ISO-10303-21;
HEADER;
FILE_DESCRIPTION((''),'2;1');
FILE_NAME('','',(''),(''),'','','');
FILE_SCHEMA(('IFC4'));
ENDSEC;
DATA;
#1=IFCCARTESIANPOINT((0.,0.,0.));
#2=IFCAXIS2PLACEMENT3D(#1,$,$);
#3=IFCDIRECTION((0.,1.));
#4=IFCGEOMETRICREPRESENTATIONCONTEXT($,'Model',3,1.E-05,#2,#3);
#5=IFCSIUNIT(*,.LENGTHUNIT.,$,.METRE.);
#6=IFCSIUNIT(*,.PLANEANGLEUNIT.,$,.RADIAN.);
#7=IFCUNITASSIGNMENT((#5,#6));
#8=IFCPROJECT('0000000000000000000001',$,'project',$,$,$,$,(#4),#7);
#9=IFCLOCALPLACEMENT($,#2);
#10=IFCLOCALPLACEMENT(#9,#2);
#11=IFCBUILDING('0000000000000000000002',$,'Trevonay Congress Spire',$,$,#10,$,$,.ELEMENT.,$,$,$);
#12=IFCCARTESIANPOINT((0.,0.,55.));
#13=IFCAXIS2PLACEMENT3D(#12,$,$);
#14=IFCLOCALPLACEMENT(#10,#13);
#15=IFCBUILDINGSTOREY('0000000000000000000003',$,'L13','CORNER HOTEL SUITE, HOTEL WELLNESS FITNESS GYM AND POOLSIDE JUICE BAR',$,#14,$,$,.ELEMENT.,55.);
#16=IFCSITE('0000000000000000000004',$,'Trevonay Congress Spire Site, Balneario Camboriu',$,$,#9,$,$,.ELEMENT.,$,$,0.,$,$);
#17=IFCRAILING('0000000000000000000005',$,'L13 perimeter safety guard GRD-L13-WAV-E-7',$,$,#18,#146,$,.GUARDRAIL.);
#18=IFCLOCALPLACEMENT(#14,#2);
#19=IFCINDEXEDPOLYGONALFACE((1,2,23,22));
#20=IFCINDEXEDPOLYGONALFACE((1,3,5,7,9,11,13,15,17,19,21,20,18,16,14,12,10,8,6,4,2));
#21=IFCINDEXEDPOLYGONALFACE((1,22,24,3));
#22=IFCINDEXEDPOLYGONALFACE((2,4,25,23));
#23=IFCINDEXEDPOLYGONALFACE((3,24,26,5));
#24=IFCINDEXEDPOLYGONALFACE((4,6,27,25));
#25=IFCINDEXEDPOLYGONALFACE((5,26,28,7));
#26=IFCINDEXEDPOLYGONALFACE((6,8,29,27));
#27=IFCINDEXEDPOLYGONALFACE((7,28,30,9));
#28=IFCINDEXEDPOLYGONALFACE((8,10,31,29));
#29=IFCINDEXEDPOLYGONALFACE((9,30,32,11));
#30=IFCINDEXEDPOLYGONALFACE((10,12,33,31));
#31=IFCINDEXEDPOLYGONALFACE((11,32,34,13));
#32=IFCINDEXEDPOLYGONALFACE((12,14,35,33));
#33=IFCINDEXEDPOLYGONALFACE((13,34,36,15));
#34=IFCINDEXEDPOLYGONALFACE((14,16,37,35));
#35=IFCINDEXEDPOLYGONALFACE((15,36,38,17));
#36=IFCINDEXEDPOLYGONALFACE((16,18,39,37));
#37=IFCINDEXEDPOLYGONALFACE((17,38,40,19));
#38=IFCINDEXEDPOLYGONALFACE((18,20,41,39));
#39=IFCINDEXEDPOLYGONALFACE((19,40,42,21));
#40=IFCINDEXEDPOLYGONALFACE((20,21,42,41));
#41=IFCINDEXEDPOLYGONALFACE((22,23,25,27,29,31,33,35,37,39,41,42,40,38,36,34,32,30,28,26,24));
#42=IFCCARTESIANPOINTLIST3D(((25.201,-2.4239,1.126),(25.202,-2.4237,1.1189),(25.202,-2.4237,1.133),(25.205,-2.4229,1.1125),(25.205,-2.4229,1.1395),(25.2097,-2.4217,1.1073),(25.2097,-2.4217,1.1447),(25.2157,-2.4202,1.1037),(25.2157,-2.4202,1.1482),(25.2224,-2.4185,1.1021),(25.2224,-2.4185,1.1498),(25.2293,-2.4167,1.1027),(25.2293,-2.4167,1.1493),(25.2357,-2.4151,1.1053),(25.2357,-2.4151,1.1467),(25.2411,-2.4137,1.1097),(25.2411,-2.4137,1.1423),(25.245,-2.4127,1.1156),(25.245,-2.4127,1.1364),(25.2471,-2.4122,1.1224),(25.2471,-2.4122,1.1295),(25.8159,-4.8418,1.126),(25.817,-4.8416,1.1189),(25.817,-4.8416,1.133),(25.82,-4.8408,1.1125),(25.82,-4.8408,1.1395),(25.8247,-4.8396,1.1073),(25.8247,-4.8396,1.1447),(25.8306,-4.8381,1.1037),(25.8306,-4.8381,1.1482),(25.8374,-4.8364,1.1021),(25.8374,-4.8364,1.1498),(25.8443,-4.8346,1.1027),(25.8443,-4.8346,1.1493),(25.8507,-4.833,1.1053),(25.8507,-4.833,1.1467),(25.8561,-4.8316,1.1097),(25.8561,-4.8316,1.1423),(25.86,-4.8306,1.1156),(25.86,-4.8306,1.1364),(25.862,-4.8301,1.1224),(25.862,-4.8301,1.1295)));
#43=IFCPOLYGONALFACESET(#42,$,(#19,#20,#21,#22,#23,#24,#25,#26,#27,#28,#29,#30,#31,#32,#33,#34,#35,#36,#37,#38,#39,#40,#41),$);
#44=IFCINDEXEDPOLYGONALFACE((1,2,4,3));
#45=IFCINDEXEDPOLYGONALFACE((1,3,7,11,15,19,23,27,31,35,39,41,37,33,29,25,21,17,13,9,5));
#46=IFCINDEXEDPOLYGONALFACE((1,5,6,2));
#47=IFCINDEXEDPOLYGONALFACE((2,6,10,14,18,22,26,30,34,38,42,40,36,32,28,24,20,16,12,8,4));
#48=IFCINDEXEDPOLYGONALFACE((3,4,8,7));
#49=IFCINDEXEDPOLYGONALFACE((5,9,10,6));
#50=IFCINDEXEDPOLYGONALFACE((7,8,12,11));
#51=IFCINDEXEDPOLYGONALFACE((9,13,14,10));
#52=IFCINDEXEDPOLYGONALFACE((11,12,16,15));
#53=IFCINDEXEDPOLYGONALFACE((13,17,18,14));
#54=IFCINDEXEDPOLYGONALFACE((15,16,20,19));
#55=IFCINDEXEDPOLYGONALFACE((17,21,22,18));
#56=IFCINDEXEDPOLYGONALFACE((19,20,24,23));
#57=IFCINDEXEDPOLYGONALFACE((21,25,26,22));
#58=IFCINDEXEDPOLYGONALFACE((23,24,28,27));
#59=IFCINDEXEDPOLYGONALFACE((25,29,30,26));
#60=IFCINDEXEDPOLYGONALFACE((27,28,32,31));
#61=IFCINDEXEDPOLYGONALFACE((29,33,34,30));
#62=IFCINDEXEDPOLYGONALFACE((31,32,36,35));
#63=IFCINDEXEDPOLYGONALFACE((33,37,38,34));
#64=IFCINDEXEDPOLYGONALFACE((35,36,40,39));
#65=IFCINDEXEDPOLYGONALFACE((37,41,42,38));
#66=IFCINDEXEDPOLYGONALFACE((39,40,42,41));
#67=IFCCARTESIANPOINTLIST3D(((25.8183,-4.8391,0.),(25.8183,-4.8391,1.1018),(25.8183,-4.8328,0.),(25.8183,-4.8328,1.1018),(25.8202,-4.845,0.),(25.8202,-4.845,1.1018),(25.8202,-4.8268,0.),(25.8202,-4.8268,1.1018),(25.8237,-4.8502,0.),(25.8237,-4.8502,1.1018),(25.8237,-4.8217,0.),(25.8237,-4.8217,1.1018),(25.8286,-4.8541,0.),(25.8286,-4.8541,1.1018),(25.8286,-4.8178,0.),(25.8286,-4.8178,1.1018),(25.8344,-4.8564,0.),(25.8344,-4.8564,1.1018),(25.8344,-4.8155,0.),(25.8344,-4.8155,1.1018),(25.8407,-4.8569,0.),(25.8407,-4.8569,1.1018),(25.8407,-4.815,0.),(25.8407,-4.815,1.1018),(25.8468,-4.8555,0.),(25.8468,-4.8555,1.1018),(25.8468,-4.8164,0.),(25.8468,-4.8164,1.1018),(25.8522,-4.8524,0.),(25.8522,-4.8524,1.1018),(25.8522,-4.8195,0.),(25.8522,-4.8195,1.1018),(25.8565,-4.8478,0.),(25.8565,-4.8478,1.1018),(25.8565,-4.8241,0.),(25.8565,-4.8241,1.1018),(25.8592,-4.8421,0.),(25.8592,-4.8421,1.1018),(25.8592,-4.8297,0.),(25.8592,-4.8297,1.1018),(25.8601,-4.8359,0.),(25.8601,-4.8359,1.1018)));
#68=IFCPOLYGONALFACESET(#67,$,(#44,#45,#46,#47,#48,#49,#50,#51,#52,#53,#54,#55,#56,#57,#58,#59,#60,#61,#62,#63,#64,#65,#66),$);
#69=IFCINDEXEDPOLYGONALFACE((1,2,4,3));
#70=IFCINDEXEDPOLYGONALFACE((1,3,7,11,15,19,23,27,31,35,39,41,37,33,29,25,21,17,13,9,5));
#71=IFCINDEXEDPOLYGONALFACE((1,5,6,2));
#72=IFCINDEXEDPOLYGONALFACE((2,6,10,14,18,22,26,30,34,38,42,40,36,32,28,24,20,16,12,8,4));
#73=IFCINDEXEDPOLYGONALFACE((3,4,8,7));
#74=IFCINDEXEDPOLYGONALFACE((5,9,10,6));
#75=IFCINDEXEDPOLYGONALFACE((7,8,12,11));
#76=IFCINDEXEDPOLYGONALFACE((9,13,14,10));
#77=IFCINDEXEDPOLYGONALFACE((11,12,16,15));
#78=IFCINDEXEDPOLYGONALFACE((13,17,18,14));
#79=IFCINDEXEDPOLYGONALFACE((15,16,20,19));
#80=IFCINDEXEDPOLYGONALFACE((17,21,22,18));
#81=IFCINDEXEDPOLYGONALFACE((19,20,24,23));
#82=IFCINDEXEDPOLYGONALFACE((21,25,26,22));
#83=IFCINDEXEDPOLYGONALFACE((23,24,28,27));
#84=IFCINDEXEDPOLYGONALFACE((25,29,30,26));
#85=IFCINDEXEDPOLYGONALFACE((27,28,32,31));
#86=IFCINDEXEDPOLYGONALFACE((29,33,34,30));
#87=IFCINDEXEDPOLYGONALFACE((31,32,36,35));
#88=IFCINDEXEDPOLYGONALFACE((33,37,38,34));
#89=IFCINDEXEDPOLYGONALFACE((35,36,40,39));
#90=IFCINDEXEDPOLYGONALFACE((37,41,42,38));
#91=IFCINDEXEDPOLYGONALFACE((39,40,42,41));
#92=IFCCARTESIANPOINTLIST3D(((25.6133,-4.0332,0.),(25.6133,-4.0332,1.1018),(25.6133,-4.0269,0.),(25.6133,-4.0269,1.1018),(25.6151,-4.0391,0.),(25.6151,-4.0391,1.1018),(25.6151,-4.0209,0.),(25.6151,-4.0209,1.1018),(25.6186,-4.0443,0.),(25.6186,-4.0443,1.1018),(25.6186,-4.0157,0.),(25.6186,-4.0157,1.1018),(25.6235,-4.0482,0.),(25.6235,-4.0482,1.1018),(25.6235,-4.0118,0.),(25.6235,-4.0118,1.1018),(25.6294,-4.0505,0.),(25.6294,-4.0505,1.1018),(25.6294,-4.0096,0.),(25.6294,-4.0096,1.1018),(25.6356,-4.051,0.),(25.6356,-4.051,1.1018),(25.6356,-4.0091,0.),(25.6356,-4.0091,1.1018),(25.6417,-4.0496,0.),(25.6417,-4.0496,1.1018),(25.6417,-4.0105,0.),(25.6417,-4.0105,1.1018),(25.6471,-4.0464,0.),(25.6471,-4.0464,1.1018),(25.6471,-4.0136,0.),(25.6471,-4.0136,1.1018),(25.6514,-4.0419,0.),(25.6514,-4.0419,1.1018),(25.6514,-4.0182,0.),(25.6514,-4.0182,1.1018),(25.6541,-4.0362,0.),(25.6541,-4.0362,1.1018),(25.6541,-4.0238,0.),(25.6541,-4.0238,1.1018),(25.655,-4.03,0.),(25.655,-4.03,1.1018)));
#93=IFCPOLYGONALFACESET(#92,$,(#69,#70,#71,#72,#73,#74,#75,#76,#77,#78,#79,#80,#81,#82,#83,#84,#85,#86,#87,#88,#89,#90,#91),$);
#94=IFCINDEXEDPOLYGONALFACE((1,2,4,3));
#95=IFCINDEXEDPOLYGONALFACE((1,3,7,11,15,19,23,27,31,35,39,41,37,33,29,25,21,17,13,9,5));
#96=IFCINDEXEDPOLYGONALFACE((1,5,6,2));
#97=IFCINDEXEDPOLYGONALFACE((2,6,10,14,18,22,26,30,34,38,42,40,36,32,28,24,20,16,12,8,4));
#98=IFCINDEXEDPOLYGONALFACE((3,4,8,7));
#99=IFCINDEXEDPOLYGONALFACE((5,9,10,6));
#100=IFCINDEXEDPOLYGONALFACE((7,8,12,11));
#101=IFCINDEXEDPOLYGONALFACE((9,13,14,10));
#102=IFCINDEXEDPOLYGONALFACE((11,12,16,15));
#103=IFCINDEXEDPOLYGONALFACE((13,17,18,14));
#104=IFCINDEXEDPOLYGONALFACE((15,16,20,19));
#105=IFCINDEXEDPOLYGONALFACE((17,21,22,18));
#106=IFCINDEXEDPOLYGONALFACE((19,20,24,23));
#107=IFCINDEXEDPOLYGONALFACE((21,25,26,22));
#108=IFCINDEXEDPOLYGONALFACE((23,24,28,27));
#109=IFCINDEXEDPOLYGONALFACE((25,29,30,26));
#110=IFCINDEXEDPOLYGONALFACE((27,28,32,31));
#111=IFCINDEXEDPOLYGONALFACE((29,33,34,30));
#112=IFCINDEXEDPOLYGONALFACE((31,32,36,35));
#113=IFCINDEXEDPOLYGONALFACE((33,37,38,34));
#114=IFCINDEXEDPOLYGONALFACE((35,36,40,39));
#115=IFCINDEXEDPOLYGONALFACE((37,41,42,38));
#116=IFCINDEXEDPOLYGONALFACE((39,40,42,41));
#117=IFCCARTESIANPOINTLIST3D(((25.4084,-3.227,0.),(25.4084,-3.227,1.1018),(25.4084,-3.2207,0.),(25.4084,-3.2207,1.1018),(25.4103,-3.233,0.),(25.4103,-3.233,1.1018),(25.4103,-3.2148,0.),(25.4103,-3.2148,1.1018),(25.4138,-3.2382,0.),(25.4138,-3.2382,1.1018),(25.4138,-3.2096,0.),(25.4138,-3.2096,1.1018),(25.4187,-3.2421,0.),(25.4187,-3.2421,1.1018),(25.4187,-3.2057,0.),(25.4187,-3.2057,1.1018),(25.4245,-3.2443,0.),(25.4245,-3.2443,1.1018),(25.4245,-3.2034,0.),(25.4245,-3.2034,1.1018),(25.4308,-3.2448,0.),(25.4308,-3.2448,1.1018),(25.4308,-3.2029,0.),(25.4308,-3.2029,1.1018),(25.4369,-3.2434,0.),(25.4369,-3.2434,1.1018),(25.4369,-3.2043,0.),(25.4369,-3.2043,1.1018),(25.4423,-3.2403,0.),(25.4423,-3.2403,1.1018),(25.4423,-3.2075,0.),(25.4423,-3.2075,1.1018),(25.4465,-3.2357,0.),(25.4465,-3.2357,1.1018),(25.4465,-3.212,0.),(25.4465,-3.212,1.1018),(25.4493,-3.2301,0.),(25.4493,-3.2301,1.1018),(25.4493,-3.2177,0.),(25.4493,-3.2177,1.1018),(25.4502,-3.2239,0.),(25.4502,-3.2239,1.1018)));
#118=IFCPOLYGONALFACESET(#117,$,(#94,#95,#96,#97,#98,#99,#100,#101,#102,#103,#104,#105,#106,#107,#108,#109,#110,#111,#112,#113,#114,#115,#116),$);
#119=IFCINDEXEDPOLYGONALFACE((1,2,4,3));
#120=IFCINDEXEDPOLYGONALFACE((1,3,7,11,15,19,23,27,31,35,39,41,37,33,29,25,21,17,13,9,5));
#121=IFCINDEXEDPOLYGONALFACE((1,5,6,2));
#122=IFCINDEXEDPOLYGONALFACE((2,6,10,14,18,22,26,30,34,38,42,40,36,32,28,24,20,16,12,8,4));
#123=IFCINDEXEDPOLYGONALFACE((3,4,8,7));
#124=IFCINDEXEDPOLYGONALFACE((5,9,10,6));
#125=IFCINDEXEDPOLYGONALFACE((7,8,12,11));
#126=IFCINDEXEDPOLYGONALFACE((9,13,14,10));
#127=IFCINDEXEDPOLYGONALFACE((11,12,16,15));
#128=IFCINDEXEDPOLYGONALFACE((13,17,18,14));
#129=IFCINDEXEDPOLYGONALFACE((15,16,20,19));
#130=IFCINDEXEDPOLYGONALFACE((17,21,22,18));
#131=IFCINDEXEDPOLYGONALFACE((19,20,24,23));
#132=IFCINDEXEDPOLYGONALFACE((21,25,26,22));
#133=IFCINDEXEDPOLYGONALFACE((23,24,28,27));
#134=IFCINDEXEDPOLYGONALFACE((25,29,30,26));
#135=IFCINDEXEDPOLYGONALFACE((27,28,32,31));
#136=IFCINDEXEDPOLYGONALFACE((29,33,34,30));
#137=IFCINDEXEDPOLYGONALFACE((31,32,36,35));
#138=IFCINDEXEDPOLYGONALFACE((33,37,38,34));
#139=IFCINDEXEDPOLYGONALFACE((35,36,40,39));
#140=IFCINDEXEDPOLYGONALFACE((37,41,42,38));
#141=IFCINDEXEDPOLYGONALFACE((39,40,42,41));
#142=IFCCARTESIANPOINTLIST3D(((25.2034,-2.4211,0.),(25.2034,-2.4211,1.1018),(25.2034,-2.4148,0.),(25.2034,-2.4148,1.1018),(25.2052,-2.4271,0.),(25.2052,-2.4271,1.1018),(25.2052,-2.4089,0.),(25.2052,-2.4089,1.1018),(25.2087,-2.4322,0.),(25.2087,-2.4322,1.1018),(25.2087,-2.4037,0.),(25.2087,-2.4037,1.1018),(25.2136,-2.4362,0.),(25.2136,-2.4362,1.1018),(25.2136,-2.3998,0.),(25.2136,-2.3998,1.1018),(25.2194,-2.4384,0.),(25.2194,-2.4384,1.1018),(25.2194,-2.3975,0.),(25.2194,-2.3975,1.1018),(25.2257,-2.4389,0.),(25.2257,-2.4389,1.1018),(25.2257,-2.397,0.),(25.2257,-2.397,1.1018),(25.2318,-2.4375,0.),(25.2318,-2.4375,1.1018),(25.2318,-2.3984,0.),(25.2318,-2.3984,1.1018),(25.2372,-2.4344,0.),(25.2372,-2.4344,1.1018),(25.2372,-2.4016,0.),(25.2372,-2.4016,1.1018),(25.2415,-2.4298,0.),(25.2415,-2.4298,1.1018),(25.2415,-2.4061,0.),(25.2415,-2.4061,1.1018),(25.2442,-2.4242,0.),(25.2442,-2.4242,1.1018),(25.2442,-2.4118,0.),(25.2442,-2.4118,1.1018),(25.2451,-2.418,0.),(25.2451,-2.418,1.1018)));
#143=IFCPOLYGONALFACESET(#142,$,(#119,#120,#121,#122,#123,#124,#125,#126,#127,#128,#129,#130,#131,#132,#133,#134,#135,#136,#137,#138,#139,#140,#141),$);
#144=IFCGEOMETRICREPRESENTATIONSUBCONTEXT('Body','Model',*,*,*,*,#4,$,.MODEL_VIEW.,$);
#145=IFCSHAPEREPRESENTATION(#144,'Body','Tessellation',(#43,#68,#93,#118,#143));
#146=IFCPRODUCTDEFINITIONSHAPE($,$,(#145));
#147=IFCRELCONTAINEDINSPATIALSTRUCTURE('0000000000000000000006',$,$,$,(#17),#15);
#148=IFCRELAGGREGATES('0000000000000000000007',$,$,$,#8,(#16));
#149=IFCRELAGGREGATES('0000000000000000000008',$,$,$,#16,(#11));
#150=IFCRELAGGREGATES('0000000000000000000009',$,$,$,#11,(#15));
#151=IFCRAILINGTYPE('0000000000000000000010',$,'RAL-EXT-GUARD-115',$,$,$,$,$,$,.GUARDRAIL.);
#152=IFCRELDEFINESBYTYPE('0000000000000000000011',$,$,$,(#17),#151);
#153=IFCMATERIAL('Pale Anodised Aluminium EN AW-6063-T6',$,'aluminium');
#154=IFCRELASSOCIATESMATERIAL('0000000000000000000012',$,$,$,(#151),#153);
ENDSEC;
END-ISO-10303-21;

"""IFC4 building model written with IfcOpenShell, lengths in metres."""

from ifc_helpers import new_model, si_unit, direction, frame, origin, origin_2d, place, context, subcontext, project, spatial, circle, extrude, material, type_object, element, save


model = new_model("IFC4")

# Units and contexts
model_context = context("Model", 3, precision=1e-05, world=origin(), true_north=direction((0.0, 1.0)))
body_context = subcontext(model_context, "Body", "Model", "MODEL_VIEW")
ifc_project = project(units=[si_unit("LENGTHUNIT", "METRE"), si_unit("PLANEANGLEUNIT", "RADIAN")], contexts=[model_context])

# Site, building, storey
site_placement = place(None, origin())
site = spatial("IfcSite", under=ifc_project, at=site_placement, Name="Trevonay Congress Spire Site, Balneario Camboriu", CompositionType="ELEMENT", RefElevation=0.0)
building_placement = place(site_placement, origin())
building = spatial("IfcBuilding", under=site, at=building_placement, Name="Trevonay Congress Spire", CompositionType="ELEMENT")
storey_placement = place(building_placement, frame((0.0, 0.0, 55.0)))
storey = spatial("IfcBuildingStorey", under=building, at=storey_placement, Name="L13", Description="CORNER HOTEL SUITE, HOTEL WELLNESS FITNESS GYM AND POOLSIDE JUICE BAR", CompositionType="ELEMENT", Elevation=55.0)

# Shared definitions
ifc_material_1 = material(Name="Pale Anodised Aluminium EN AW-6063-T6", Category="aluminium")

# Railing
railing_type = type_object("IfcRailingType", Name="RAL-EXT-GUARD-115", PredefinedType="GUARDRAIL", material=ifc_material_1)
railing_1_placement = place(storey_placement, frame((25.8391, -4.8359, 0.0)))
element("IfcRailing", 1, at=railing_1_placement, inside=storey, type_object=railing_type, Name="L13 perimeter safety guard GRD-L13-WAV-E-7", PredefinedType="GUARDRAIL", context=body_context, shape_type="SweptSolid", body=[
    extrude(circle(Radius=0.0239, at=origin_2d()), frame((0.0, 0.0, 1.126), z_axis=(-0.246494, 0.969144, 0.0), x_axis=(-0.969144, -0.246494, 0.0)), (0.0, 0.0, 1.0), 2.4949),
    extrude(circle(Radius=0.021, at=origin_2d()), origin(), (0.0, 0.0, 1.0), 1.1018),
    extrude(circle(Radius=0.021, at=origin_2d()), frame((-0.2051, 0.8059, 0.0)), (0.0, 0.0, 1.0), 1.1018),
    extrude(circle(Radius=0.021, at=origin_2d()), frame((-0.4099, 1.6121, 0.0)), (0.0, 0.0, 1.0), 1.1018),
    extrude(circle(Radius=0.021, at=origin_2d()), frame((-0.615, 2.418, 0.0)), (0.0, 0.0, 1.0), 1.1018),
])

save(model, "model.ifc")
